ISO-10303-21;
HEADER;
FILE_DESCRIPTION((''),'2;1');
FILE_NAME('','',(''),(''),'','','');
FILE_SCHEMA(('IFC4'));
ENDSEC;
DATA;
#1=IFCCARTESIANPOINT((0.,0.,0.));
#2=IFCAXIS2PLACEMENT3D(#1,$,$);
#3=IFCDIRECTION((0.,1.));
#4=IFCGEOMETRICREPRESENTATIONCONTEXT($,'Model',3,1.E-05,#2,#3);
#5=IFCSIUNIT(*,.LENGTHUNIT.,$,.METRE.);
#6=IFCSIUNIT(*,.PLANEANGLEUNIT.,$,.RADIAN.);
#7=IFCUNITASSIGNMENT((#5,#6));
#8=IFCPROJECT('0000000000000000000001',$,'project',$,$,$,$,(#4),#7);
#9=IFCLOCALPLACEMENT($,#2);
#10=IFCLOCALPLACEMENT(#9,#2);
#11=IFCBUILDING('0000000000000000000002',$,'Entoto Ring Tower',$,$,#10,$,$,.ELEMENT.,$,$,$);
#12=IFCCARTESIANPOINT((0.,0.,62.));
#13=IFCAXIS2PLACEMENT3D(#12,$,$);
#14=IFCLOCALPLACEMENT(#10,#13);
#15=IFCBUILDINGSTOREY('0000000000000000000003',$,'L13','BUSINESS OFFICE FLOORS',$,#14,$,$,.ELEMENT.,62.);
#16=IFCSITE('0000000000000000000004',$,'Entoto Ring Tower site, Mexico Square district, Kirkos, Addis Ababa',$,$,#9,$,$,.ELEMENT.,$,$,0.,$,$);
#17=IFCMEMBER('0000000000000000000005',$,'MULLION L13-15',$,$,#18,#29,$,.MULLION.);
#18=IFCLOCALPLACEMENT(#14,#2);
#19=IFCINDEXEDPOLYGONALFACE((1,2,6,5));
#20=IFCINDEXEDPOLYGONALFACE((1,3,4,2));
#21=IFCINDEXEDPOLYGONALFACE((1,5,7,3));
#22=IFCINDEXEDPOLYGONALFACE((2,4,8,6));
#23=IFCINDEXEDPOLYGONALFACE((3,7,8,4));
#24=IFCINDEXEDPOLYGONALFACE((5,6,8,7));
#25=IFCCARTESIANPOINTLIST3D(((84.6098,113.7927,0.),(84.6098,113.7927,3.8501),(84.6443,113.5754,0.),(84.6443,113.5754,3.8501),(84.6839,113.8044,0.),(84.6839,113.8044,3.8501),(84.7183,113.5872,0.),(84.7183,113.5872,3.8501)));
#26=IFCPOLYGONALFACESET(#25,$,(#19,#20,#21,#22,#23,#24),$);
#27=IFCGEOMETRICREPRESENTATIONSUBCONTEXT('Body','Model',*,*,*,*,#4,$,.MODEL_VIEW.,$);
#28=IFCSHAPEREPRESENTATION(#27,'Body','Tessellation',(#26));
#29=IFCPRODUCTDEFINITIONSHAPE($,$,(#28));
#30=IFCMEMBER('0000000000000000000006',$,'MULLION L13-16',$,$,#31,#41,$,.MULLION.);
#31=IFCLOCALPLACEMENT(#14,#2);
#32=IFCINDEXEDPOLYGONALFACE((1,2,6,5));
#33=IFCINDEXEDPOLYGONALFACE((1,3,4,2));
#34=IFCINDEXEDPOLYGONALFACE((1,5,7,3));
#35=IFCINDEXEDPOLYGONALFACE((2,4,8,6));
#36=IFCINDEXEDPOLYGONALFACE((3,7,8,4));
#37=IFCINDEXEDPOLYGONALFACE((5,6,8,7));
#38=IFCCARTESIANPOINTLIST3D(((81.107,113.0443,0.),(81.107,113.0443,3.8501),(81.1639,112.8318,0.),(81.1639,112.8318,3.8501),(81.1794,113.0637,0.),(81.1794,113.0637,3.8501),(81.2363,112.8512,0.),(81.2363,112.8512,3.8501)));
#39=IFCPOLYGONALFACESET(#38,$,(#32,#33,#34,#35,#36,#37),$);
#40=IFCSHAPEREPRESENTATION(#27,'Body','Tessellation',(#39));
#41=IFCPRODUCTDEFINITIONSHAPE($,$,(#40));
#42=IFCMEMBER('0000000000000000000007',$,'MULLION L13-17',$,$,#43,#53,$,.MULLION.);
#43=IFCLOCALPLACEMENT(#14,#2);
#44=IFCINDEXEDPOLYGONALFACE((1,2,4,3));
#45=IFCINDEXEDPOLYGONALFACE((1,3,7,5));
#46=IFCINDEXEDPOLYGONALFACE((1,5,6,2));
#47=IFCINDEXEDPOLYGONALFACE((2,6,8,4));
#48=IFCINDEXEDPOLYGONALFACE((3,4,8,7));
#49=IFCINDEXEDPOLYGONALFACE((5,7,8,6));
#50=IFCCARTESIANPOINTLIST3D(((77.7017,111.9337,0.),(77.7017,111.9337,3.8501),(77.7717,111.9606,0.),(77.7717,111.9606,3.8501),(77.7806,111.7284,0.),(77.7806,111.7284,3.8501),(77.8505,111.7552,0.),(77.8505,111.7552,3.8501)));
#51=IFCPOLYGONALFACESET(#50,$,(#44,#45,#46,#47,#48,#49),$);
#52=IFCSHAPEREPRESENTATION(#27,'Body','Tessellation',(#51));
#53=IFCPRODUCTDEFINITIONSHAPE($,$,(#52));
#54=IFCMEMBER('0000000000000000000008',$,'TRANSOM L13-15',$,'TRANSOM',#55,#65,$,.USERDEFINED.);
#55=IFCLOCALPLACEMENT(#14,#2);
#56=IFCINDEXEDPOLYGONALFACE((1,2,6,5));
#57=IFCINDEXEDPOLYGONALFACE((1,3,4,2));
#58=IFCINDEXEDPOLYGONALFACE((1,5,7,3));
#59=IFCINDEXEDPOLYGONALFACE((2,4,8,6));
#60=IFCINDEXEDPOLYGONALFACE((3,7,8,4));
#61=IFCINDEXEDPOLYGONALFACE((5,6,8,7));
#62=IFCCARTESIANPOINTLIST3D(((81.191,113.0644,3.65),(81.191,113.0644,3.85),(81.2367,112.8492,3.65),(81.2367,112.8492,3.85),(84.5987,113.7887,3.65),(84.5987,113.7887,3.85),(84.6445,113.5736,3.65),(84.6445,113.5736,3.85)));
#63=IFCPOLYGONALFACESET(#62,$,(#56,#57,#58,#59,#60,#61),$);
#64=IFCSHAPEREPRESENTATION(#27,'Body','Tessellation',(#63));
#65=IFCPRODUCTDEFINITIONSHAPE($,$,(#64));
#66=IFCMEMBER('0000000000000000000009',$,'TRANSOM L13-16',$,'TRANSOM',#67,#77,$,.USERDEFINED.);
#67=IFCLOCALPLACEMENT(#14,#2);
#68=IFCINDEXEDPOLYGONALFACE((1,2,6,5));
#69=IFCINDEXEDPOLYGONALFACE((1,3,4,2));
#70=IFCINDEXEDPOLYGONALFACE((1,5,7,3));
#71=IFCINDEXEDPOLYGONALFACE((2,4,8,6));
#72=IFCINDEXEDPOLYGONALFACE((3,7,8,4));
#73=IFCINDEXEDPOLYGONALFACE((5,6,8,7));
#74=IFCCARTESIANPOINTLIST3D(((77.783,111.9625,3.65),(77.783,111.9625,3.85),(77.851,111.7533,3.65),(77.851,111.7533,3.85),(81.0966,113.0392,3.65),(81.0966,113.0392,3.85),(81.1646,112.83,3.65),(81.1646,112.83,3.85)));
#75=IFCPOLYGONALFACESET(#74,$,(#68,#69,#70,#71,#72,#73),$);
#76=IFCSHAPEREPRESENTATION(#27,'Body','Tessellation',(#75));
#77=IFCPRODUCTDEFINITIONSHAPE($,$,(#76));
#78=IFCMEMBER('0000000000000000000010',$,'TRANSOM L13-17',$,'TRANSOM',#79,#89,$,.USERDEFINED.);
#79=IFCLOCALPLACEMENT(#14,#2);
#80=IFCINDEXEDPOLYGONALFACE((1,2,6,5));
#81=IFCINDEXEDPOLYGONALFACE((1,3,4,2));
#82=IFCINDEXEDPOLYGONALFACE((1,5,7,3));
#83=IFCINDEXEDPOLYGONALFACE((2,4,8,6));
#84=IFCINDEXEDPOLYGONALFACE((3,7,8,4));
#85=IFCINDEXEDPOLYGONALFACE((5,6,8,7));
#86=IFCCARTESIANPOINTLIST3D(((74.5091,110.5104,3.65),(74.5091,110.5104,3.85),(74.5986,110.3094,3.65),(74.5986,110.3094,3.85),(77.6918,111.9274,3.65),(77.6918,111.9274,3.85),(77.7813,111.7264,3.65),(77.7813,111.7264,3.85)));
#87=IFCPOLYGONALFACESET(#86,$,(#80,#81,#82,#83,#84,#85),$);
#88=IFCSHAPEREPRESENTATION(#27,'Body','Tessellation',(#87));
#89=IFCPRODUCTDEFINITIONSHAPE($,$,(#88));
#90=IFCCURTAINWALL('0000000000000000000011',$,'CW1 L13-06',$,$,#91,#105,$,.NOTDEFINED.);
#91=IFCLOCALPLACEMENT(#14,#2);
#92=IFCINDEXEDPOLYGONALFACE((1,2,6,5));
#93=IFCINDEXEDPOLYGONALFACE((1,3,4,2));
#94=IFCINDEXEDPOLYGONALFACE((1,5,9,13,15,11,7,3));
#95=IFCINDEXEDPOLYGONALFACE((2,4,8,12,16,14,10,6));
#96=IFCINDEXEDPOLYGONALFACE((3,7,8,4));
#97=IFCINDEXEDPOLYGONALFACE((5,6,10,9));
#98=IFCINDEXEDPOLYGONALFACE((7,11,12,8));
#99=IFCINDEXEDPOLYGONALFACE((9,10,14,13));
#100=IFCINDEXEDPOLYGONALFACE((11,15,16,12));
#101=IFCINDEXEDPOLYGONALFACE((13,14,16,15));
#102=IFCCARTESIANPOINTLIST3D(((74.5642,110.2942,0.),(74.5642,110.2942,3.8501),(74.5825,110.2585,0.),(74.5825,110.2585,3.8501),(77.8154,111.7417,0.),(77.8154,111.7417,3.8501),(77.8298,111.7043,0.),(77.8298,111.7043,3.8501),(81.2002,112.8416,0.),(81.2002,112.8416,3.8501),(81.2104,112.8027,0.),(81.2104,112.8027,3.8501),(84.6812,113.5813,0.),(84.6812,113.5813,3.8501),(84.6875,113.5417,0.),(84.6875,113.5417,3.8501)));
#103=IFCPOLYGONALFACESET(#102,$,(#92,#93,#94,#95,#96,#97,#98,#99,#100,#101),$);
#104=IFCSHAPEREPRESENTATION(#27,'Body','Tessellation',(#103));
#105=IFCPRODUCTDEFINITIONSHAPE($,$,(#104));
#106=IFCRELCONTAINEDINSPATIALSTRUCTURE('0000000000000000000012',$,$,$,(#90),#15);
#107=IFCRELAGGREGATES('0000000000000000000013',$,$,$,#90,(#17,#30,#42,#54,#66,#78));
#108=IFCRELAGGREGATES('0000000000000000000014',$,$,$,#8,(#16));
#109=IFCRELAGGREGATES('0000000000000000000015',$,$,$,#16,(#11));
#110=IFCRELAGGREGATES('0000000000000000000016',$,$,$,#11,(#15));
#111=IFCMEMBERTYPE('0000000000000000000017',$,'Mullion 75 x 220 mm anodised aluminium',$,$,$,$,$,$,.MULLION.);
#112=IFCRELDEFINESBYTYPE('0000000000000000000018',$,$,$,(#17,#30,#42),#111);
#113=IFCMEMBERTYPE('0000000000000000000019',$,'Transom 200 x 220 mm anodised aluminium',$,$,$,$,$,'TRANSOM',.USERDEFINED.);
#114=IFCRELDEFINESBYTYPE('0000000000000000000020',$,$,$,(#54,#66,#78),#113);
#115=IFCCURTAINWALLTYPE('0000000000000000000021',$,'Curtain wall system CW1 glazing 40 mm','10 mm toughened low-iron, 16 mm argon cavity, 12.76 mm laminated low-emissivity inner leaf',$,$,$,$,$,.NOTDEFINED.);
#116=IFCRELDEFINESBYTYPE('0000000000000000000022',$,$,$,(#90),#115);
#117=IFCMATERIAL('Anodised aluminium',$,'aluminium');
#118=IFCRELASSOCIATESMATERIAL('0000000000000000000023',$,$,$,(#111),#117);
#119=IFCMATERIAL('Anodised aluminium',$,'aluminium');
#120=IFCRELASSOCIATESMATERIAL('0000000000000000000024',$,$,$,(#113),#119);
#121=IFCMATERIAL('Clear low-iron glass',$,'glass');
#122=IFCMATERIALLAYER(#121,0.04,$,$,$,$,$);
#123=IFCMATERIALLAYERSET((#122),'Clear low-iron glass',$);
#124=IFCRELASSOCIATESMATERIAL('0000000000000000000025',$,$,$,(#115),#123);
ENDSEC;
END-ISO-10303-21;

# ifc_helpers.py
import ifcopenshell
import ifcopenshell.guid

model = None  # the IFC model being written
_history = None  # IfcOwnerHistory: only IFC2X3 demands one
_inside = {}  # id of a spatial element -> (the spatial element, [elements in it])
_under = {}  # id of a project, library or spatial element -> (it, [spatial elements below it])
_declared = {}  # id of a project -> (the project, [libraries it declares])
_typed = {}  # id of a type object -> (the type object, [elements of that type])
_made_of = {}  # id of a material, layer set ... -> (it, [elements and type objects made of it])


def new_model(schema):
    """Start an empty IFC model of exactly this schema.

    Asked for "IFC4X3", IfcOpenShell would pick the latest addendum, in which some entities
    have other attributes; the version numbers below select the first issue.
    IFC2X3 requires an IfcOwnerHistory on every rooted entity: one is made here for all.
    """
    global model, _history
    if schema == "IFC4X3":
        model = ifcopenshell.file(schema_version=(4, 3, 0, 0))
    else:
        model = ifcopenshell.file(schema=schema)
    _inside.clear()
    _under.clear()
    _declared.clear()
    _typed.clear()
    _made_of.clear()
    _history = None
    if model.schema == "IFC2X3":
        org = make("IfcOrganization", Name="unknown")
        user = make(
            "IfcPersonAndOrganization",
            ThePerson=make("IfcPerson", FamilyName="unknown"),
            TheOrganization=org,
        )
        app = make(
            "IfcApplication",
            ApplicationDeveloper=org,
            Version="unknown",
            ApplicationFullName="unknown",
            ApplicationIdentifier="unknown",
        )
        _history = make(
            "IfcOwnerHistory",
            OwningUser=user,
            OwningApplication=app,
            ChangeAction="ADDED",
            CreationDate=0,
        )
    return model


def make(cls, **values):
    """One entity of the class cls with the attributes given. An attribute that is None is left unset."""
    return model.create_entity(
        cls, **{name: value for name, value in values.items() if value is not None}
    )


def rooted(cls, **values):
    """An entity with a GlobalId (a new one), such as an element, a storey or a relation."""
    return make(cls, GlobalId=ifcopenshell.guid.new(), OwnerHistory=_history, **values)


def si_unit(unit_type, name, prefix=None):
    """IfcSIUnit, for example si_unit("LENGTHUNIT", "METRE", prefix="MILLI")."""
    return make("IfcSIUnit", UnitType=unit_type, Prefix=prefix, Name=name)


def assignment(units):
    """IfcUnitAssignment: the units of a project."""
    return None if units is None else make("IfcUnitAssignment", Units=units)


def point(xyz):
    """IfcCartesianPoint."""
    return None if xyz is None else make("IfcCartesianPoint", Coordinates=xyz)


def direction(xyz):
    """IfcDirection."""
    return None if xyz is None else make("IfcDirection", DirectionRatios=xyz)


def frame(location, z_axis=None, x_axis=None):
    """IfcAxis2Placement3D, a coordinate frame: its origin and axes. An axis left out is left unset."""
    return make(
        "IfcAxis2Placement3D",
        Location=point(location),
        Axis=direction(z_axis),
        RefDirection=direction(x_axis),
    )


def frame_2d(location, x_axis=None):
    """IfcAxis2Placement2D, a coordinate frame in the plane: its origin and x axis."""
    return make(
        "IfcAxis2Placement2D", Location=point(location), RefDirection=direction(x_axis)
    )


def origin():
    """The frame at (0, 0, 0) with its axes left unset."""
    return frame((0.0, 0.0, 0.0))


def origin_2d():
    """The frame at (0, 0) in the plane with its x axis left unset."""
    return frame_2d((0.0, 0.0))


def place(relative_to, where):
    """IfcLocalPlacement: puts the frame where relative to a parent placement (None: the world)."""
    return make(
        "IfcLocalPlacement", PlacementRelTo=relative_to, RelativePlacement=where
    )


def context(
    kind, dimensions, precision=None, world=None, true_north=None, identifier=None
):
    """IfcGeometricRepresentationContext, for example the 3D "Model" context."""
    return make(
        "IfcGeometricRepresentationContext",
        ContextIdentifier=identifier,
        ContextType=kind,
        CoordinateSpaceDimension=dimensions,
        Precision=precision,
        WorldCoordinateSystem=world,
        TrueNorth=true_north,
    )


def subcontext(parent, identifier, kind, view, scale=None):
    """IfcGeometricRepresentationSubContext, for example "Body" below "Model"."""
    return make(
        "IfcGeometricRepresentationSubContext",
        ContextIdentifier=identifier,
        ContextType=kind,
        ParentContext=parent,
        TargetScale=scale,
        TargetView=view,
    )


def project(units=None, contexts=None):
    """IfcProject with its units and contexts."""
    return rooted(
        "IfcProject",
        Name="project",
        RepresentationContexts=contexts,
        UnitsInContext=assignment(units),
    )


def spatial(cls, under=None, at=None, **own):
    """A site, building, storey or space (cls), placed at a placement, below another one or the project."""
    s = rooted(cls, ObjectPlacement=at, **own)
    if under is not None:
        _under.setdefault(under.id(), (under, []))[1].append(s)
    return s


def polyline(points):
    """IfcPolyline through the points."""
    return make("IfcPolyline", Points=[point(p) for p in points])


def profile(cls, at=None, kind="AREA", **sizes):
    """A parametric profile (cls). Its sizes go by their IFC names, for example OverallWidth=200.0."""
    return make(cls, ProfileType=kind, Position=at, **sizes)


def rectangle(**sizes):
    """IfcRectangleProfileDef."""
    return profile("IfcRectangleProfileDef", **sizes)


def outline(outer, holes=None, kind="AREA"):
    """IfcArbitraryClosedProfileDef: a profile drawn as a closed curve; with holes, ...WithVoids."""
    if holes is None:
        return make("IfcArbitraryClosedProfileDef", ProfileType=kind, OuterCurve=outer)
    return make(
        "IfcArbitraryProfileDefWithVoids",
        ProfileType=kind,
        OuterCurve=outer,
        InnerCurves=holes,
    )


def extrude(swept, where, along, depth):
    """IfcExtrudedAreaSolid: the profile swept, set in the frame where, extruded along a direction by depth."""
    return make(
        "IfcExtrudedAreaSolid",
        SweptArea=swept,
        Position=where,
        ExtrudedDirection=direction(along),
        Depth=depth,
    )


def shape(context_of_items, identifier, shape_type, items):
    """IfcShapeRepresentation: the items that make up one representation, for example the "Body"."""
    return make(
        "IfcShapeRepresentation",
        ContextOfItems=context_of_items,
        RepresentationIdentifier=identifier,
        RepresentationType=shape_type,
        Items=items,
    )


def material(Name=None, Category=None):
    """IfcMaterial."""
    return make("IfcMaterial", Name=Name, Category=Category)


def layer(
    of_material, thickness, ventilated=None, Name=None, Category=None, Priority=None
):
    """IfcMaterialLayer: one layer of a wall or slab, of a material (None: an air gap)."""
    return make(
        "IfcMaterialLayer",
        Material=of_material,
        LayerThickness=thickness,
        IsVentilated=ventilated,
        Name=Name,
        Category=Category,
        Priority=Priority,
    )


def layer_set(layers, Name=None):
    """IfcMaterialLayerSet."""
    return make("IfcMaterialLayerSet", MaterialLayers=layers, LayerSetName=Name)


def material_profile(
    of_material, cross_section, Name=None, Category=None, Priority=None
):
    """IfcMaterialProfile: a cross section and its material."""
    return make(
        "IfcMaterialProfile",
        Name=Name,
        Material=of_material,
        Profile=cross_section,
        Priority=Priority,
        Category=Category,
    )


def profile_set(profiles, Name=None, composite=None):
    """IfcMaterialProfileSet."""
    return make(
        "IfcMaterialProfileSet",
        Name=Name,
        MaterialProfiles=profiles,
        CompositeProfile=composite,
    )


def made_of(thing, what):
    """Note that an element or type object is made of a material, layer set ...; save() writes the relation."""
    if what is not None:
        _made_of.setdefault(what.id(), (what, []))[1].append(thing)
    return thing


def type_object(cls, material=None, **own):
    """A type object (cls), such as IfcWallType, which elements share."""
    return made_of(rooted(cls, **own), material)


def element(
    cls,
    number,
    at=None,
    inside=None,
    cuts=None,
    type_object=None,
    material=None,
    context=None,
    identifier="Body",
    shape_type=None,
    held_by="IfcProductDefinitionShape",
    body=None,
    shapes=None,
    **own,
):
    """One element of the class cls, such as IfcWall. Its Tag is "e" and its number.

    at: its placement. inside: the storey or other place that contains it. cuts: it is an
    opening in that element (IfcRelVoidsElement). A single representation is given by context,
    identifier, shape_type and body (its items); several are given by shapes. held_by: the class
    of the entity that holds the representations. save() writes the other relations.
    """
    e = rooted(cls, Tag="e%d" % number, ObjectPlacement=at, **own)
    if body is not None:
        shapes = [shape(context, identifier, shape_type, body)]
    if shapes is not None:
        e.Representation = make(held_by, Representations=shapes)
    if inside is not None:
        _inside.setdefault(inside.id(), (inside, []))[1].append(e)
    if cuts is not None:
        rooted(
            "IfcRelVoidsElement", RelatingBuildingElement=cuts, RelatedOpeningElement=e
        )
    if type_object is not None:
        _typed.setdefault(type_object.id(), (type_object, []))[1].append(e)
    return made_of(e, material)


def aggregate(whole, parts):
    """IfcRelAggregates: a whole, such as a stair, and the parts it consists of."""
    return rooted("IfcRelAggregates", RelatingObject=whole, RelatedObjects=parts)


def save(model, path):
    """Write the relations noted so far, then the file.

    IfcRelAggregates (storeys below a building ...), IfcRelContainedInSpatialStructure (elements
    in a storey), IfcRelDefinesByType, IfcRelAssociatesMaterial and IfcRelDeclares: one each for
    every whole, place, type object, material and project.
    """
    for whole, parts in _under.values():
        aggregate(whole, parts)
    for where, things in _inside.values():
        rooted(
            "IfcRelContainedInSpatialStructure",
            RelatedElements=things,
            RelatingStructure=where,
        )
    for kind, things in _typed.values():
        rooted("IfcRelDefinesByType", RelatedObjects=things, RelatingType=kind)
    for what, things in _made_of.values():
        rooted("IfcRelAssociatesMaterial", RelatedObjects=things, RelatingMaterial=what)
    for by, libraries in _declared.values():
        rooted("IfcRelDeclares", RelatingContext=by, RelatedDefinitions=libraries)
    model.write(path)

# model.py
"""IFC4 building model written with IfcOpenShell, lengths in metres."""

from ifc_helpers import new_model, si_unit, direction, frame, origin, origin_2d, place, context, subcontext, project, spatial, polyline, rectangle, outline, extrude, material, layer, layer_set, material_profile, profile_set, type_object, element, aggregate, save


model = new_model("IFC4")

# Units and contexts
model_context = context("Model", 3, precision=1e-05, world=origin(), true_north=direction((0.0, 1.0)))
body_context = subcontext(model_context, "Body", "Model", "MODEL_VIEW")
ifc_project = project(units=[si_unit("LENGTHUNIT", "METRE"), si_unit("PLANEANGLEUNIT", "RADIAN")], contexts=[model_context])

# Members
ifc_material_1 = material(Name="Anodised aluminium", Category="aluminium")
ifc_material_profile_1 = material_profile(ifc_material_1, rectangle(XDim=0.075, YDim=0.22, at=origin_2d()), Name="Mullion 75 x 220 mm anodised aluminium")
ifc_profile_set_1 = profile_set([ifc_material_profile_1], Name="Anodised aluminium")
member_type_1 = type_object("IfcMemberType", Name="Mullion 75 x 220 mm anodised aluminium", PredefinedType="MULLION", material=ifc_profile_set_1)
site_placement = place(None, origin())
building_placement = place(site_placement, origin())
storey_placement = place(building_placement, frame((0.0, 0.0, 62.0)))
member_1_placement = place(storey_placement, frame((84.6641, 113.6899, 0.0), z_axis=(0.0, 0.0, 1.0), x_axis=(-0.987688, -0.156434, 0.0)))
member_1 = element("IfcMember", 1, at=member_1_placement, type_object=member_type_1, Name="MULLION L13-15", PredefinedType="MULLION", context=body_context, shape_type="SweptSolid", body=[
    extrude(rectangle(XDim=0.075, YDim=0.22, at=origin_2d()), origin(), (0.0, 0.0, 1.0), 3.8501),
])
member_2_placement = place(storey_placement, frame((81.1716, 112.9478, 0.0), z_axis=(0.0, 0.0, 1.0), x_axis=(-0.965926, -0.258819, 0.0)))
member_2 = element("IfcMember", 2, at=member_2_placement, type_object=member_type_1, Name="MULLION L13-16", PredefinedType="MULLION", context=body_context, shape_type="SweptSolid", body=[
    extrude(rectangle(XDim=0.075, YDim=0.22, at=origin_2d()), origin(), (0.0, 0.0, 1.0), 3.8501),
])
member_3_placement = place(storey_placement, frame((77.7761, 111.8445, 0.0), z_axis=(0.0, 0.0, 1.0), x_axis=(-0.93358, -0.358368, 0.0)))
member_3 = element("IfcMember", 3, at=member_3_placement, type_object=member_type_1, Name="MULLION L13-17", PredefinedType="MULLION", context=body_context, shape_type="SweptSolid", body=[
    extrude(rectangle(XDim=0.075, YDim=0.22, at=origin_2d()), origin(), (0.0, 0.0, 1.0), 3.8501),
])
ifc_material_2 = material(Name="Anodised aluminium", Category="aluminium")
ifc_material_profile_2 = material_profile(ifc_material_2, rectangle(XDim=0.22, YDim=0.2, at=origin_2d()), Name="Transom 200 x 220 mm anodised aluminium")
ifc_profile_set_2 = profile_set([ifc_material_profile_2], Name="Anodised aluminium")
member_type_2 = type_object("IfcMemberType", Name="Transom 200 x 220 mm anodised aluminium", ElementType="TRANSOM", PredefinedType="USERDEFINED", material=ifc_profile_set_2)
member_4_placement = place(storey_placement, frame((84.6216, 113.6812, 3.75), z_axis=(-0.978146, -0.207921, 0.0), x_axis=(0.207921, -0.978146, 0.0)))
member_4 = element("IfcMember", 4, at=member_4_placement, type_object=member_type_2, Name="TRANSOM L13-15", ObjectType="TRANSOM", PredefinedType="USERDEFINED", context=body_context, shape_type="SweptSolid", body=[
    extrude(rectangle(XDim=0.22, YDim=0.2, at=origin_2d()), origin(), (0.0, 0.0, 1.0), 3.4839),
])
member_5_placement = place(storey_placement, frame((81.1306, 112.9346, 3.75), z_axis=(-0.951053, -0.309029, 0.0), x_axis=(0.309029, -0.951053, 0.0)))
member_5 = element("IfcMember", 5, at=member_5_placement, type_object=member_type_2, Name="TRANSOM L13-16", ObjectType="TRANSOM", PredefinedType="USERDEFINED", context=body_context, shape_type="SweptSolid", body=[
    extrude(rectangle(XDim=0.22, YDim=0.2, at=origin_2d()), origin(), (0.0, 0.0, 1.0), 3.4841),
])
member_6_placement = place(storey_placement, frame((77.7366, 111.8269, 3.75), z_axis=(-0.913545, -0.406737, 0.0), x_axis=(0.406737, -0.913545, 0.0)))
member_6 = element("IfcMember", 6, at=member_6_placement, type_object=member_type_2, Name="TRANSOM L13-17", ObjectType="TRANSOM", PredefinedType="USERDEFINED", context=body_context, shape_type="SweptSolid", body=[
    extrude(rectangle(XDim=0.22, YDim=0.2, at=origin_2d()), origin(), (0.0, 0.0, 1.0), 3.4839),
])

# Site, building, storey
site = spatial("IfcSite", under=ifc_project, at=site_placement, Name="Entoto Ring Tower site, Mexico Square district, Kirkos, Addis Ababa", CompositionType="ELEMENT", RefElevation=0.0)
building = spatial("IfcBuilding", under=site, at=building_placement, Name="Entoto Ring Tower", CompositionType="ELEMENT")
storey = spatial("IfcBuildingStorey", under=building, at=storey_placement, Name="L13", Description="BUSINESS OFFICE FLOORS", CompositionType="ELEMENT", Elevation=62.0)

# Curtain wall
ifc_material_3 = material(Name="Clear low-iron glass", Category="glass")
ifc_layer = layer(ifc_material_3, 0.04)
ifc_layer_set = layer_set([ifc_layer], Name="Clear low-iron glass")
curtain_wall_type = type_object("IfcCurtainWallType", Name="Curtain wall system CW1 glazing 40 mm", Description="10 mm toughened low-iron, 16 mm argon cavity, 12.76 mm laminated low-emissivity inner leaf", PredefinedType="NOTDEFINED", material=ifc_layer_set)
curtain_wall_1_placement = place(storey_placement, origin())
curtain_wall_1 = element("IfcCurtainWall", 7, at=curtain_wall_1_placement, inside=storey, type_object=curtain_wall_type, Name="CW1 L13-06", PredefinedType="NOTDEFINED", context=body_context, shape_type="SweptSolid", body=[
    extrude(outline(polyline([(84.6812, 113.5813), (81.2002, 112.8416), (77.8154, 111.7417), (74.5642, 110.2942), (74.5825, 110.2585), (77.8298, 111.7043), (81.2104, 112.8027), (84.6875, 113.5417), (84.6812, 113.5813)])), origin(), (0.0, 0.0, 1.0), 3.8501),
])
aggregate(curtain_wall_1, [member_1, member_2, member_3, member_4, member_5, member_6])

save(model, "model.ifc")
